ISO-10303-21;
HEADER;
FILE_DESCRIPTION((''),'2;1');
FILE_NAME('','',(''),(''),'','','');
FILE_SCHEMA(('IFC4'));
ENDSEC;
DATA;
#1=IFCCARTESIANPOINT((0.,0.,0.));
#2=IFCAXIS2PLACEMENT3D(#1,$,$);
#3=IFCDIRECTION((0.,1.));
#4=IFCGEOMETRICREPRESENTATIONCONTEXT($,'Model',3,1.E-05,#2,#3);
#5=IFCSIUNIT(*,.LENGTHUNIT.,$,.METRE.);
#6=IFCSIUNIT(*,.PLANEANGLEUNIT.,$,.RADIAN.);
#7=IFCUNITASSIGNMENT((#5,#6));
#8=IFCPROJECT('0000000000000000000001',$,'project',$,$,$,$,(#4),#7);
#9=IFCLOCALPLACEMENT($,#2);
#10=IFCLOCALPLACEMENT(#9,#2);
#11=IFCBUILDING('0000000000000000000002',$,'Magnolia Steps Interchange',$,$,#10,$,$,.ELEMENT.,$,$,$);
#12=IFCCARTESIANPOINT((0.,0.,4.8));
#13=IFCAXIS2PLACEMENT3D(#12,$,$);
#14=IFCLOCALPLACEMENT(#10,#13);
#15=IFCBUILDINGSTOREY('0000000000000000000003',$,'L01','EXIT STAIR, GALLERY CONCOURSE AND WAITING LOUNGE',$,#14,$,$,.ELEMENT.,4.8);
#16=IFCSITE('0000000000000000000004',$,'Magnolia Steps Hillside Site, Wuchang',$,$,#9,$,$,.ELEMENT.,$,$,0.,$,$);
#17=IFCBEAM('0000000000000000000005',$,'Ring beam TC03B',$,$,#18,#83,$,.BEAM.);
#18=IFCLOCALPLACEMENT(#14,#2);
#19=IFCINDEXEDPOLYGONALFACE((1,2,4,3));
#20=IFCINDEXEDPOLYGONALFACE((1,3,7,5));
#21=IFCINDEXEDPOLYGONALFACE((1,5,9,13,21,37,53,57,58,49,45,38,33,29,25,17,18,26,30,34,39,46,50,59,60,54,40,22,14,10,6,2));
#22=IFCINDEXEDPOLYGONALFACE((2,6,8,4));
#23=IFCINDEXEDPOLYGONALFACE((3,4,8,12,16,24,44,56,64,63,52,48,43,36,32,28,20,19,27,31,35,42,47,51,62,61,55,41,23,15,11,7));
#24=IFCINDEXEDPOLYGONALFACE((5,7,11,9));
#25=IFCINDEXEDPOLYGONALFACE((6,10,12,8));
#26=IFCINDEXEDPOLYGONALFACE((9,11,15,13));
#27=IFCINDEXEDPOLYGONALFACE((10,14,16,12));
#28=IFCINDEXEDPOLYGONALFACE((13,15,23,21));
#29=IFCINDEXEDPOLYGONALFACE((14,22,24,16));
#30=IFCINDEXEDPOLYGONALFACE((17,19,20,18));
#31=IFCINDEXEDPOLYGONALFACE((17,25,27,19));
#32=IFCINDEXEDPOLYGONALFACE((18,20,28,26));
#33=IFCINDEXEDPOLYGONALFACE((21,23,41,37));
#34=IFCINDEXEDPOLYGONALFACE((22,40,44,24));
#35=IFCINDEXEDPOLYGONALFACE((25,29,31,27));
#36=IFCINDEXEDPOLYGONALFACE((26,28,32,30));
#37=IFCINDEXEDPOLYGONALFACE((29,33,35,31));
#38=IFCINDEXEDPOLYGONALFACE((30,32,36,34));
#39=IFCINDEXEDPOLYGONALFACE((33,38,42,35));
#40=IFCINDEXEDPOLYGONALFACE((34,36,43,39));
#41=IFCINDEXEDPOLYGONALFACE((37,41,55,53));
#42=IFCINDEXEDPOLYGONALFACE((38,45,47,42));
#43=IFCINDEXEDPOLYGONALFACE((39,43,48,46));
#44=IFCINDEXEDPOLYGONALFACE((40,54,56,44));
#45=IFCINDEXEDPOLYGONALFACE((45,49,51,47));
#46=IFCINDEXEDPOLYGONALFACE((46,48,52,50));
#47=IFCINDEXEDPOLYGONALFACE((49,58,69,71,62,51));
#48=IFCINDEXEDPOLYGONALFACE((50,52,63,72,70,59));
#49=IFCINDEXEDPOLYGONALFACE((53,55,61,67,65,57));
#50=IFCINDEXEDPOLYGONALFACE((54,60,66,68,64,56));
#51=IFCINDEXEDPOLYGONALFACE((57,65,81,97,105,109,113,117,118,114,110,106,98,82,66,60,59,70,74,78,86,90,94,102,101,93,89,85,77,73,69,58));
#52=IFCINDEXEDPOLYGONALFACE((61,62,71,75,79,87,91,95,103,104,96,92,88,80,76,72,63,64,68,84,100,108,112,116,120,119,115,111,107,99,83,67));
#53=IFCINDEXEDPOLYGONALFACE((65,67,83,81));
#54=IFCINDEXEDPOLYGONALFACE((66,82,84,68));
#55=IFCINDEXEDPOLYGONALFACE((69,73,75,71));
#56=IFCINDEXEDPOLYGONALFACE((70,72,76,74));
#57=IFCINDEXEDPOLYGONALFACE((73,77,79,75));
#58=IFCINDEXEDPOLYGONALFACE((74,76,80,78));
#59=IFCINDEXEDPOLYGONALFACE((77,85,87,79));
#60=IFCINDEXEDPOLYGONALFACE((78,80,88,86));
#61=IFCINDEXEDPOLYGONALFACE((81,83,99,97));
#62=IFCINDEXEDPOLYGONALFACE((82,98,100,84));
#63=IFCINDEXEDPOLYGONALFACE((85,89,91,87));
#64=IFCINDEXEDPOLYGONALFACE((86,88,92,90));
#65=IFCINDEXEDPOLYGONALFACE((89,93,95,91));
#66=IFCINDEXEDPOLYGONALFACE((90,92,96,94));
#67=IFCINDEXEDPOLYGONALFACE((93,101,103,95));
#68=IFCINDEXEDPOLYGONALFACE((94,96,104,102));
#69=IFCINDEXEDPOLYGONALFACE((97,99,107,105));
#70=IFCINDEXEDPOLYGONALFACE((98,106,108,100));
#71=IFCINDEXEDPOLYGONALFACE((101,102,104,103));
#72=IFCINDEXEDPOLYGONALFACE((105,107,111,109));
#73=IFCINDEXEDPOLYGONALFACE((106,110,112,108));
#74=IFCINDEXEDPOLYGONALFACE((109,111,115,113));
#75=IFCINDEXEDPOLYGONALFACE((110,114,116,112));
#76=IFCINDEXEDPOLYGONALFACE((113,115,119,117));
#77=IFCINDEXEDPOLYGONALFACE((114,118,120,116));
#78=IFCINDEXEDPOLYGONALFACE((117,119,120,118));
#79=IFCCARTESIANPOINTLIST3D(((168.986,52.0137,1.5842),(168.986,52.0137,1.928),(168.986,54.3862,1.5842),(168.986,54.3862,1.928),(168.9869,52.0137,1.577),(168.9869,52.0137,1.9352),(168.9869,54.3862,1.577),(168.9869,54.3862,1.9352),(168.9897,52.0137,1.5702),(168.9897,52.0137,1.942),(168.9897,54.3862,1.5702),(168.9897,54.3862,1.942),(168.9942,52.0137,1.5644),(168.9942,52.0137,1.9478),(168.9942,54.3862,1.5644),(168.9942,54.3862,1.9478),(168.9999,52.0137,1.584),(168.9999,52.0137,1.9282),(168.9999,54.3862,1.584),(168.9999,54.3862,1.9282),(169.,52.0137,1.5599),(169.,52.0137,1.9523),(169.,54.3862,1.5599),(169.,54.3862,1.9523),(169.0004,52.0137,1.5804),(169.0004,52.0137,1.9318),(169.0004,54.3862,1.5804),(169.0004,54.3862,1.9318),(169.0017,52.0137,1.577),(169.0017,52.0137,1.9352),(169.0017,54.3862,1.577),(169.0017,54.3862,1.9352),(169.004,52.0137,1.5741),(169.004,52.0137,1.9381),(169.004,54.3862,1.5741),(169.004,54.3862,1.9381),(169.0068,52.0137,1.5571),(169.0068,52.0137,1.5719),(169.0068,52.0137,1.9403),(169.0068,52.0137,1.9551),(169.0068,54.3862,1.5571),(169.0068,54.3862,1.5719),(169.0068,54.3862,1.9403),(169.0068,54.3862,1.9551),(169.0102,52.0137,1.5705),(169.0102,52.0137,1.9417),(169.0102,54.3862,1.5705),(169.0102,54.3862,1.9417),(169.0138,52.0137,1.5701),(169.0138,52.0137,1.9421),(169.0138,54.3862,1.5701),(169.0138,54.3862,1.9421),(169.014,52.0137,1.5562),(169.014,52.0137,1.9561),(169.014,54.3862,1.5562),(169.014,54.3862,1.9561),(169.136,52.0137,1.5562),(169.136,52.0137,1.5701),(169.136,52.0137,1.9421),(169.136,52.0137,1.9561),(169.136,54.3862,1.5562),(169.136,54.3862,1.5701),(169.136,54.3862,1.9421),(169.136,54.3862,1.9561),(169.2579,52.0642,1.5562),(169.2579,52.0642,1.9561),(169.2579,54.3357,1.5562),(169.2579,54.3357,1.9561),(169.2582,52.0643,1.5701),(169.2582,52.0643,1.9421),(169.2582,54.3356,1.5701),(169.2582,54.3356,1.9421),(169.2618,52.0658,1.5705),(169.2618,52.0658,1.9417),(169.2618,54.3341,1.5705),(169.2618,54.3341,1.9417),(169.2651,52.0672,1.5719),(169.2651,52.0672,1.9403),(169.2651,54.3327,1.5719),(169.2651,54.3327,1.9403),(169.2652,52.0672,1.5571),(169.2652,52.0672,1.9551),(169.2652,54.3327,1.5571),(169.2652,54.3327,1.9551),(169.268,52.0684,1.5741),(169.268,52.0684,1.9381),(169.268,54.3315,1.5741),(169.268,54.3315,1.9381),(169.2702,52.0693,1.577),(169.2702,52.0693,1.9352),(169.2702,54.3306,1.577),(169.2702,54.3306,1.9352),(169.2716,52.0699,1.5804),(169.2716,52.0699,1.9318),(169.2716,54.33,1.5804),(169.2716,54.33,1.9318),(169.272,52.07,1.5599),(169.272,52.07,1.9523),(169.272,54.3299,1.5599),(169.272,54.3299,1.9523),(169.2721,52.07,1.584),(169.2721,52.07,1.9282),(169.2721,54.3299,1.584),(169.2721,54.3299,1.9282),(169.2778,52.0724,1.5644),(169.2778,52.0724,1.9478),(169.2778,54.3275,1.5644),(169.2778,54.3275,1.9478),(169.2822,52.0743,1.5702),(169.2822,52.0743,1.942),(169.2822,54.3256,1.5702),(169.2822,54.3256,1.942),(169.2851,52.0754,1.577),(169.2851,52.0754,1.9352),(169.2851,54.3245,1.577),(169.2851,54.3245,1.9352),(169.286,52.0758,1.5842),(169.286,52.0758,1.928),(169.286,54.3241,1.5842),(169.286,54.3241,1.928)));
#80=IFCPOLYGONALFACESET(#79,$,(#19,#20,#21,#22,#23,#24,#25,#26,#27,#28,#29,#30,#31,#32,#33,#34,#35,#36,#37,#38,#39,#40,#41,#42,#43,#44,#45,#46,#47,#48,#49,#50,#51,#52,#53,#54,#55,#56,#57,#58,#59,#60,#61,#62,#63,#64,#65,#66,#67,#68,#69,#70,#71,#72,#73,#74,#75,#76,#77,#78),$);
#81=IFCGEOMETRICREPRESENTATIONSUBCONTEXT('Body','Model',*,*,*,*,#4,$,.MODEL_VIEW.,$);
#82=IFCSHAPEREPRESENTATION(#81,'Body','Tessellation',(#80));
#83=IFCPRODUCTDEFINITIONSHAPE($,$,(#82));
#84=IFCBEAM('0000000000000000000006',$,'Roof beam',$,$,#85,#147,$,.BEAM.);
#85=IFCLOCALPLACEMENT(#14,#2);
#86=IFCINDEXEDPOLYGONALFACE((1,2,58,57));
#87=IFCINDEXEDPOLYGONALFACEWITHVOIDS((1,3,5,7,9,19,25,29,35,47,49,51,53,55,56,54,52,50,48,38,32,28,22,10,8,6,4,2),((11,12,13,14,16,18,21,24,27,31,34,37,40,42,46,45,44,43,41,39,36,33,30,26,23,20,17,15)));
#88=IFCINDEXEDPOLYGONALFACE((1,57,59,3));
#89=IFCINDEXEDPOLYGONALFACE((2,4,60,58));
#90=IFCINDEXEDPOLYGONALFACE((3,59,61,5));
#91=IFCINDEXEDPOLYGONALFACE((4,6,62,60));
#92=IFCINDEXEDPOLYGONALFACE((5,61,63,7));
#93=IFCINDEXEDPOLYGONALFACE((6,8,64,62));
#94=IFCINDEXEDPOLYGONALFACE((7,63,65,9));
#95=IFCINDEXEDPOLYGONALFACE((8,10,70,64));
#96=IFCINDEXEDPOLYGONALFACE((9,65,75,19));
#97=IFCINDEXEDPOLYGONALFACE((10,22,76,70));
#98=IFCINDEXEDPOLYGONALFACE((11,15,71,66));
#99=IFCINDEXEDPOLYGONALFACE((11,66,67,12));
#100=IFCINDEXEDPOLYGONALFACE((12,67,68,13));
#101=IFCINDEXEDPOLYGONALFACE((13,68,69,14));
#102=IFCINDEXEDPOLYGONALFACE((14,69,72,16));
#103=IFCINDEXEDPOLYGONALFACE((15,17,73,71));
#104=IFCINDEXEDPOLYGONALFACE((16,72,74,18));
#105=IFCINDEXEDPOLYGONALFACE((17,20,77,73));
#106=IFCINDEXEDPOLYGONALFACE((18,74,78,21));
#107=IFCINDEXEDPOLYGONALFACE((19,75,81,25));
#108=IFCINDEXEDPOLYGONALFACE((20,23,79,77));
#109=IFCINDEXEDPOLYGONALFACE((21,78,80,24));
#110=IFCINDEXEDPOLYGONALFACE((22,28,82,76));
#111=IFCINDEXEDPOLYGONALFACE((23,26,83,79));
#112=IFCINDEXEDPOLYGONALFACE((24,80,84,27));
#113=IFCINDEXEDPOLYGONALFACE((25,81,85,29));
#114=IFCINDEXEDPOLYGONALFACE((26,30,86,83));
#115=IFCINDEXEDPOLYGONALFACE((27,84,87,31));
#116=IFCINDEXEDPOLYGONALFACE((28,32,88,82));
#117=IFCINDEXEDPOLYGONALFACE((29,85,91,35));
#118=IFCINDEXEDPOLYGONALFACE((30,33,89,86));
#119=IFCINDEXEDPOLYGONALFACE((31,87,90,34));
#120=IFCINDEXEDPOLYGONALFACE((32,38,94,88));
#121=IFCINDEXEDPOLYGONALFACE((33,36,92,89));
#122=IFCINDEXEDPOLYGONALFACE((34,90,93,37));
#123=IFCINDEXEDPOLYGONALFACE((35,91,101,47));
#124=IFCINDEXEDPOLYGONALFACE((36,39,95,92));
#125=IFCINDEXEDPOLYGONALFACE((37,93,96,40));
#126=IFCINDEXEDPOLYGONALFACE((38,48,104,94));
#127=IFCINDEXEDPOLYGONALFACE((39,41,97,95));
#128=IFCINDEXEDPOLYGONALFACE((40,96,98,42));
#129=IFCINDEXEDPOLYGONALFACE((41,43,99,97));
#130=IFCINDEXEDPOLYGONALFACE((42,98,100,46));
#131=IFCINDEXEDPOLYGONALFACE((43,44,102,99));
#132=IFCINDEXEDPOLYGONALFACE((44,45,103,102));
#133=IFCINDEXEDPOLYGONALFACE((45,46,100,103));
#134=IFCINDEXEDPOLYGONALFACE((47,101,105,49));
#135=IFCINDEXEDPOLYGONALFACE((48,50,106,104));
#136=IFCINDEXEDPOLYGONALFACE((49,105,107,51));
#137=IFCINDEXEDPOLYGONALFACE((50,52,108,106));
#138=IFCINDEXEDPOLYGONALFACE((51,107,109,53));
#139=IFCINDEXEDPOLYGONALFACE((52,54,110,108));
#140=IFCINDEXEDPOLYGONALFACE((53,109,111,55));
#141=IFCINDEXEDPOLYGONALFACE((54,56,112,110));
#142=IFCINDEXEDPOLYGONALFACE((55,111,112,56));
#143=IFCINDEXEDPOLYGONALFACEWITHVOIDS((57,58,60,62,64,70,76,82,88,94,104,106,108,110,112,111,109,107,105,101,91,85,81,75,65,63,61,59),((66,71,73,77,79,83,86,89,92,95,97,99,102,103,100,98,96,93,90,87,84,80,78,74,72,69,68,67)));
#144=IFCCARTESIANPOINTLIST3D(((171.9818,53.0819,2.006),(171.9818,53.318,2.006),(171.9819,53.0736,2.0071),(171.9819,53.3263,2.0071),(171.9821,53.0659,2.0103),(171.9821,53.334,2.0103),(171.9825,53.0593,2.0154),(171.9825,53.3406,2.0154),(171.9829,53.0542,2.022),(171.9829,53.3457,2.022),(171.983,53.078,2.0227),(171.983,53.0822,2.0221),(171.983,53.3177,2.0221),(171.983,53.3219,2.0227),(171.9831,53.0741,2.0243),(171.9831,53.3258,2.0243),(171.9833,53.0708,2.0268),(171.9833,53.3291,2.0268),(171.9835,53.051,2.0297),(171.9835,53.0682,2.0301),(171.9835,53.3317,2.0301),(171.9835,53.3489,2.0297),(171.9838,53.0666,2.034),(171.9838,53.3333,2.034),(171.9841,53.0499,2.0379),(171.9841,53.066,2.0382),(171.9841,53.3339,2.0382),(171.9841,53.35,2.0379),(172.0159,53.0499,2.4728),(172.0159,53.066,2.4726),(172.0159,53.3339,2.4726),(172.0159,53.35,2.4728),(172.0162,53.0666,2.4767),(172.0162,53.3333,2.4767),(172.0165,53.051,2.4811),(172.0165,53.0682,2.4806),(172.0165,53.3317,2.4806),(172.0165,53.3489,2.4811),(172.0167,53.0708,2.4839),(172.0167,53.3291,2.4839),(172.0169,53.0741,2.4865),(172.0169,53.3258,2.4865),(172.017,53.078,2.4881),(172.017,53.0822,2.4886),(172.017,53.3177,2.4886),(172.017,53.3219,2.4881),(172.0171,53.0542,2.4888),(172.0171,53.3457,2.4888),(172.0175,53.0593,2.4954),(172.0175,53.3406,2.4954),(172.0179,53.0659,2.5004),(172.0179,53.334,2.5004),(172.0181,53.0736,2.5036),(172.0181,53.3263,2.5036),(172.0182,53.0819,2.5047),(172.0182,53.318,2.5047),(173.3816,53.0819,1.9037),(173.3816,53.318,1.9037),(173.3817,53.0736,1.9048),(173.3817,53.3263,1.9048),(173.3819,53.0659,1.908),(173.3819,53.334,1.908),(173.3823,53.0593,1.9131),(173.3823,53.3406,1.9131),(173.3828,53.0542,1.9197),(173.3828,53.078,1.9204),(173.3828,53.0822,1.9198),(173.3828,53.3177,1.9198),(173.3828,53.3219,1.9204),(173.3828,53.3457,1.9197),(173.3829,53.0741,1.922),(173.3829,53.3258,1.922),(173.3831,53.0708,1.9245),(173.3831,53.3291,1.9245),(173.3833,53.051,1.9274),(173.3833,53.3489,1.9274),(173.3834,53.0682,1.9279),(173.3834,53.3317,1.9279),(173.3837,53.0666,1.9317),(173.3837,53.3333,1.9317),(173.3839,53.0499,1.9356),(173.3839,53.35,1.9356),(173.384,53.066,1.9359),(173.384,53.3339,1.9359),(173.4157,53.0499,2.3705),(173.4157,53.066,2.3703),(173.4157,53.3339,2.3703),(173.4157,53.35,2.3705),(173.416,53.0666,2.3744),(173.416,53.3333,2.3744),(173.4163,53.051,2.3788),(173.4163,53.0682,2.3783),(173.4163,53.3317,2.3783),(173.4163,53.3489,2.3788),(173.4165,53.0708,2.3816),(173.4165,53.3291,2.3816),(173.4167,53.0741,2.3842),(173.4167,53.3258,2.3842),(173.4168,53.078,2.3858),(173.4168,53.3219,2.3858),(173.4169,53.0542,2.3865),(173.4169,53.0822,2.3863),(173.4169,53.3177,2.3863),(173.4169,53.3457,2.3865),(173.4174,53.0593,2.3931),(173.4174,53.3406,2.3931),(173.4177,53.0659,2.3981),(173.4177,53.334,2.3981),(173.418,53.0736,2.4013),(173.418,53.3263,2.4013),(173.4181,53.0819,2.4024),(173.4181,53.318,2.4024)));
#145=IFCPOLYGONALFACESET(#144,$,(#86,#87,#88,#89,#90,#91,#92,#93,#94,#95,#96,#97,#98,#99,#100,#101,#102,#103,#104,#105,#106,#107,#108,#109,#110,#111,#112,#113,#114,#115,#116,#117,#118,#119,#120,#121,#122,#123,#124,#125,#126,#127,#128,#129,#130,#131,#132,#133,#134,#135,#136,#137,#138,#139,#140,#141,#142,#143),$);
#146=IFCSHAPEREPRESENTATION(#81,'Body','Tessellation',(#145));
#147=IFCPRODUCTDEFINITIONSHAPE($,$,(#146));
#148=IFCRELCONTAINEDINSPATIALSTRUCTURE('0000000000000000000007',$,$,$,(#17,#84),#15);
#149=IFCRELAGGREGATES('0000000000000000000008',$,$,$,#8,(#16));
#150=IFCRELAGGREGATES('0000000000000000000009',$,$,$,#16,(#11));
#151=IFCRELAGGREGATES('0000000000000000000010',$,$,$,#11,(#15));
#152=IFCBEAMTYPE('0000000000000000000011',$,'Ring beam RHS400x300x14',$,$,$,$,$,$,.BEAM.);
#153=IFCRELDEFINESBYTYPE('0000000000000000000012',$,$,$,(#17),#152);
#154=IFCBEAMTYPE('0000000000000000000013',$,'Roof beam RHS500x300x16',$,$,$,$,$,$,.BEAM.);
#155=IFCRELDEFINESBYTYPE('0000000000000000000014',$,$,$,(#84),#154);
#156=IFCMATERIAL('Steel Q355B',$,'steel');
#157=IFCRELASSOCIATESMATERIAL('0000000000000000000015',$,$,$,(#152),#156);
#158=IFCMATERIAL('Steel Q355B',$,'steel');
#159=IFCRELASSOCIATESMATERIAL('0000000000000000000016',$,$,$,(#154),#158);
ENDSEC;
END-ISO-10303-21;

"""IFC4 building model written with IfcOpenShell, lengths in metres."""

from ifc_helpers import new_model, si_unit, direction, frame, origin, origin_2d, place, context, subcontext, project, spatial, hollow_rectangle, extrude, clip, halfspace, material, material_profile, profile_set, type_object, element, save


model = new_model("IFC4")

# Units and contexts
model_context = context("Model", 3, precision=1e-05, world=origin(), true_north=direction((0.0, 1.0)))
body_context = subcontext(model_context, "Body", "Model", "MODEL_VIEW")
ifc_project = project(units=[si_unit("LENGTHUNIT", "METRE"), si_unit("PLANEANGLEUNIT", "RADIAN")], contexts=[model_context])

# Site, building, storey
site_placement = place(None, origin())
site = spatial("IfcSite", under=ifc_project, at=site_placement, Name="Magnolia Steps Hillside Site, Wuchang", CompositionType="ELEMENT", RefElevation=0.0)
building_placement = place(site_placement, origin())
building = spatial("IfcBuilding", under=site, at=building_placement, Name="Magnolia Steps Interchange", CompositionType="ELEMENT")
storey_placement = place(building_placement, frame((0.0, 0.0, 4.8)))
storey = spatial("IfcBuildingStorey", under=building, at=storey_placement, Name="L01", Description="EXIT STAIR, GALLERY CONCOURSE AND WAITING LOUNGE", CompositionType="ELEMENT", Elevation=4.8)

# Beams
ifc_material_1 = material(Name="Steel Q355B", Category="steel")
ifc_material_profile_1 = material_profile(ifc_material_1, hollow_rectangle(XDim=0.3, YDim=0.3999, WallThickness=0.0139, InnerFilletRadius=0.0139, OuterFilletRadius=0.0281, at=origin_2d()), Name="RHS400x300x14")
ifc_profile_set_1 = profile_set([ifc_material_profile_1], Name="Steel Q355B")
beam_type_1 = type_object("IfcBeamType", Name="Ring beam RHS400x300x14", PredefinedType="BEAM", material=ifc_profile_set_1)
beam_1_placement = place(storey_placement, frame((169.136, 54.3862, 1.7561), z_axis=(0.0, -1.0, 0.0), x_axis=(1.0, 0.0, 0.0)))
element("IfcBeam", 1, at=beam_1_placement, inside=storey, type_object=beam_type_1, Name="Ring beam TC03B", PredefinedType="BEAM", context=body_context, shape_type="Clipping", body=[
    clip(clip(extrude(hollow_rectangle(XDim=0.3, YDim=0.3999, WallThickness=0.0139, InnerFilletRadius=0.0139, OuterFilletRadius=0.0281, at=origin_2d()), origin(), (0.0, 0.0, 1.0), 2.3726), halfspace(frame((0.0, 0.0, 0.0), z_axis=(0.382683, 0.0, -0.92388), x_axis=(0.92388, 0.0, 0.382683)), False)), halfspace(frame((0.0, 0.0, 2.3726), z_axis=(0.382683, 0.0, 0.92388), x_axis=(0.92388, 0.0, -0.382683)), False)),
])
ifc_material_2 = material(Name="Steel Q355B", Category="steel")
ifc_material_profile_2 = material_profile(ifc_material_2, hollow_rectangle(XDim=0.3, YDim=0.5, WallThickness=0.0161, InnerFilletRadius=0.0161, OuterFilletRadius=0.032, at=origin_2d()), Name="RHS500x300x16")
ifc_profile_set_2 = profile_set([ifc_material_profile_2], Name="Steel Q355B")
beam_type_2 = type_object("IfcBeamType", Name="Roof beam RHS500x300x16", PredefinedType="BEAM", material=ifc_profile_set_2)
beam_2_placement = place(storey_placement, frame((172.0, 53.2, 2.2554), z_axis=(0.997341, 0.0, -0.072879), x_axis=(0.0, 1.0, 0.0)))
element("IfcBeam", 2, at=beam_2_placement, inside=storey, type_object=beam_type_2, Name="Roof beam", PredefinedType="BEAM", context=body_context, shape_type="SweptSolid", body=[
    extrude(hollow_rectangle(XDim=0.3, YDim=0.5, WallThickness=0.0161, InnerFilletRadius=0.0161, OuterFilletRadius=0.032, at=origin_2d()), origin(), (0.0, 0.0, 1.0), 1.4036),
])

save(model, "model.ifc")
